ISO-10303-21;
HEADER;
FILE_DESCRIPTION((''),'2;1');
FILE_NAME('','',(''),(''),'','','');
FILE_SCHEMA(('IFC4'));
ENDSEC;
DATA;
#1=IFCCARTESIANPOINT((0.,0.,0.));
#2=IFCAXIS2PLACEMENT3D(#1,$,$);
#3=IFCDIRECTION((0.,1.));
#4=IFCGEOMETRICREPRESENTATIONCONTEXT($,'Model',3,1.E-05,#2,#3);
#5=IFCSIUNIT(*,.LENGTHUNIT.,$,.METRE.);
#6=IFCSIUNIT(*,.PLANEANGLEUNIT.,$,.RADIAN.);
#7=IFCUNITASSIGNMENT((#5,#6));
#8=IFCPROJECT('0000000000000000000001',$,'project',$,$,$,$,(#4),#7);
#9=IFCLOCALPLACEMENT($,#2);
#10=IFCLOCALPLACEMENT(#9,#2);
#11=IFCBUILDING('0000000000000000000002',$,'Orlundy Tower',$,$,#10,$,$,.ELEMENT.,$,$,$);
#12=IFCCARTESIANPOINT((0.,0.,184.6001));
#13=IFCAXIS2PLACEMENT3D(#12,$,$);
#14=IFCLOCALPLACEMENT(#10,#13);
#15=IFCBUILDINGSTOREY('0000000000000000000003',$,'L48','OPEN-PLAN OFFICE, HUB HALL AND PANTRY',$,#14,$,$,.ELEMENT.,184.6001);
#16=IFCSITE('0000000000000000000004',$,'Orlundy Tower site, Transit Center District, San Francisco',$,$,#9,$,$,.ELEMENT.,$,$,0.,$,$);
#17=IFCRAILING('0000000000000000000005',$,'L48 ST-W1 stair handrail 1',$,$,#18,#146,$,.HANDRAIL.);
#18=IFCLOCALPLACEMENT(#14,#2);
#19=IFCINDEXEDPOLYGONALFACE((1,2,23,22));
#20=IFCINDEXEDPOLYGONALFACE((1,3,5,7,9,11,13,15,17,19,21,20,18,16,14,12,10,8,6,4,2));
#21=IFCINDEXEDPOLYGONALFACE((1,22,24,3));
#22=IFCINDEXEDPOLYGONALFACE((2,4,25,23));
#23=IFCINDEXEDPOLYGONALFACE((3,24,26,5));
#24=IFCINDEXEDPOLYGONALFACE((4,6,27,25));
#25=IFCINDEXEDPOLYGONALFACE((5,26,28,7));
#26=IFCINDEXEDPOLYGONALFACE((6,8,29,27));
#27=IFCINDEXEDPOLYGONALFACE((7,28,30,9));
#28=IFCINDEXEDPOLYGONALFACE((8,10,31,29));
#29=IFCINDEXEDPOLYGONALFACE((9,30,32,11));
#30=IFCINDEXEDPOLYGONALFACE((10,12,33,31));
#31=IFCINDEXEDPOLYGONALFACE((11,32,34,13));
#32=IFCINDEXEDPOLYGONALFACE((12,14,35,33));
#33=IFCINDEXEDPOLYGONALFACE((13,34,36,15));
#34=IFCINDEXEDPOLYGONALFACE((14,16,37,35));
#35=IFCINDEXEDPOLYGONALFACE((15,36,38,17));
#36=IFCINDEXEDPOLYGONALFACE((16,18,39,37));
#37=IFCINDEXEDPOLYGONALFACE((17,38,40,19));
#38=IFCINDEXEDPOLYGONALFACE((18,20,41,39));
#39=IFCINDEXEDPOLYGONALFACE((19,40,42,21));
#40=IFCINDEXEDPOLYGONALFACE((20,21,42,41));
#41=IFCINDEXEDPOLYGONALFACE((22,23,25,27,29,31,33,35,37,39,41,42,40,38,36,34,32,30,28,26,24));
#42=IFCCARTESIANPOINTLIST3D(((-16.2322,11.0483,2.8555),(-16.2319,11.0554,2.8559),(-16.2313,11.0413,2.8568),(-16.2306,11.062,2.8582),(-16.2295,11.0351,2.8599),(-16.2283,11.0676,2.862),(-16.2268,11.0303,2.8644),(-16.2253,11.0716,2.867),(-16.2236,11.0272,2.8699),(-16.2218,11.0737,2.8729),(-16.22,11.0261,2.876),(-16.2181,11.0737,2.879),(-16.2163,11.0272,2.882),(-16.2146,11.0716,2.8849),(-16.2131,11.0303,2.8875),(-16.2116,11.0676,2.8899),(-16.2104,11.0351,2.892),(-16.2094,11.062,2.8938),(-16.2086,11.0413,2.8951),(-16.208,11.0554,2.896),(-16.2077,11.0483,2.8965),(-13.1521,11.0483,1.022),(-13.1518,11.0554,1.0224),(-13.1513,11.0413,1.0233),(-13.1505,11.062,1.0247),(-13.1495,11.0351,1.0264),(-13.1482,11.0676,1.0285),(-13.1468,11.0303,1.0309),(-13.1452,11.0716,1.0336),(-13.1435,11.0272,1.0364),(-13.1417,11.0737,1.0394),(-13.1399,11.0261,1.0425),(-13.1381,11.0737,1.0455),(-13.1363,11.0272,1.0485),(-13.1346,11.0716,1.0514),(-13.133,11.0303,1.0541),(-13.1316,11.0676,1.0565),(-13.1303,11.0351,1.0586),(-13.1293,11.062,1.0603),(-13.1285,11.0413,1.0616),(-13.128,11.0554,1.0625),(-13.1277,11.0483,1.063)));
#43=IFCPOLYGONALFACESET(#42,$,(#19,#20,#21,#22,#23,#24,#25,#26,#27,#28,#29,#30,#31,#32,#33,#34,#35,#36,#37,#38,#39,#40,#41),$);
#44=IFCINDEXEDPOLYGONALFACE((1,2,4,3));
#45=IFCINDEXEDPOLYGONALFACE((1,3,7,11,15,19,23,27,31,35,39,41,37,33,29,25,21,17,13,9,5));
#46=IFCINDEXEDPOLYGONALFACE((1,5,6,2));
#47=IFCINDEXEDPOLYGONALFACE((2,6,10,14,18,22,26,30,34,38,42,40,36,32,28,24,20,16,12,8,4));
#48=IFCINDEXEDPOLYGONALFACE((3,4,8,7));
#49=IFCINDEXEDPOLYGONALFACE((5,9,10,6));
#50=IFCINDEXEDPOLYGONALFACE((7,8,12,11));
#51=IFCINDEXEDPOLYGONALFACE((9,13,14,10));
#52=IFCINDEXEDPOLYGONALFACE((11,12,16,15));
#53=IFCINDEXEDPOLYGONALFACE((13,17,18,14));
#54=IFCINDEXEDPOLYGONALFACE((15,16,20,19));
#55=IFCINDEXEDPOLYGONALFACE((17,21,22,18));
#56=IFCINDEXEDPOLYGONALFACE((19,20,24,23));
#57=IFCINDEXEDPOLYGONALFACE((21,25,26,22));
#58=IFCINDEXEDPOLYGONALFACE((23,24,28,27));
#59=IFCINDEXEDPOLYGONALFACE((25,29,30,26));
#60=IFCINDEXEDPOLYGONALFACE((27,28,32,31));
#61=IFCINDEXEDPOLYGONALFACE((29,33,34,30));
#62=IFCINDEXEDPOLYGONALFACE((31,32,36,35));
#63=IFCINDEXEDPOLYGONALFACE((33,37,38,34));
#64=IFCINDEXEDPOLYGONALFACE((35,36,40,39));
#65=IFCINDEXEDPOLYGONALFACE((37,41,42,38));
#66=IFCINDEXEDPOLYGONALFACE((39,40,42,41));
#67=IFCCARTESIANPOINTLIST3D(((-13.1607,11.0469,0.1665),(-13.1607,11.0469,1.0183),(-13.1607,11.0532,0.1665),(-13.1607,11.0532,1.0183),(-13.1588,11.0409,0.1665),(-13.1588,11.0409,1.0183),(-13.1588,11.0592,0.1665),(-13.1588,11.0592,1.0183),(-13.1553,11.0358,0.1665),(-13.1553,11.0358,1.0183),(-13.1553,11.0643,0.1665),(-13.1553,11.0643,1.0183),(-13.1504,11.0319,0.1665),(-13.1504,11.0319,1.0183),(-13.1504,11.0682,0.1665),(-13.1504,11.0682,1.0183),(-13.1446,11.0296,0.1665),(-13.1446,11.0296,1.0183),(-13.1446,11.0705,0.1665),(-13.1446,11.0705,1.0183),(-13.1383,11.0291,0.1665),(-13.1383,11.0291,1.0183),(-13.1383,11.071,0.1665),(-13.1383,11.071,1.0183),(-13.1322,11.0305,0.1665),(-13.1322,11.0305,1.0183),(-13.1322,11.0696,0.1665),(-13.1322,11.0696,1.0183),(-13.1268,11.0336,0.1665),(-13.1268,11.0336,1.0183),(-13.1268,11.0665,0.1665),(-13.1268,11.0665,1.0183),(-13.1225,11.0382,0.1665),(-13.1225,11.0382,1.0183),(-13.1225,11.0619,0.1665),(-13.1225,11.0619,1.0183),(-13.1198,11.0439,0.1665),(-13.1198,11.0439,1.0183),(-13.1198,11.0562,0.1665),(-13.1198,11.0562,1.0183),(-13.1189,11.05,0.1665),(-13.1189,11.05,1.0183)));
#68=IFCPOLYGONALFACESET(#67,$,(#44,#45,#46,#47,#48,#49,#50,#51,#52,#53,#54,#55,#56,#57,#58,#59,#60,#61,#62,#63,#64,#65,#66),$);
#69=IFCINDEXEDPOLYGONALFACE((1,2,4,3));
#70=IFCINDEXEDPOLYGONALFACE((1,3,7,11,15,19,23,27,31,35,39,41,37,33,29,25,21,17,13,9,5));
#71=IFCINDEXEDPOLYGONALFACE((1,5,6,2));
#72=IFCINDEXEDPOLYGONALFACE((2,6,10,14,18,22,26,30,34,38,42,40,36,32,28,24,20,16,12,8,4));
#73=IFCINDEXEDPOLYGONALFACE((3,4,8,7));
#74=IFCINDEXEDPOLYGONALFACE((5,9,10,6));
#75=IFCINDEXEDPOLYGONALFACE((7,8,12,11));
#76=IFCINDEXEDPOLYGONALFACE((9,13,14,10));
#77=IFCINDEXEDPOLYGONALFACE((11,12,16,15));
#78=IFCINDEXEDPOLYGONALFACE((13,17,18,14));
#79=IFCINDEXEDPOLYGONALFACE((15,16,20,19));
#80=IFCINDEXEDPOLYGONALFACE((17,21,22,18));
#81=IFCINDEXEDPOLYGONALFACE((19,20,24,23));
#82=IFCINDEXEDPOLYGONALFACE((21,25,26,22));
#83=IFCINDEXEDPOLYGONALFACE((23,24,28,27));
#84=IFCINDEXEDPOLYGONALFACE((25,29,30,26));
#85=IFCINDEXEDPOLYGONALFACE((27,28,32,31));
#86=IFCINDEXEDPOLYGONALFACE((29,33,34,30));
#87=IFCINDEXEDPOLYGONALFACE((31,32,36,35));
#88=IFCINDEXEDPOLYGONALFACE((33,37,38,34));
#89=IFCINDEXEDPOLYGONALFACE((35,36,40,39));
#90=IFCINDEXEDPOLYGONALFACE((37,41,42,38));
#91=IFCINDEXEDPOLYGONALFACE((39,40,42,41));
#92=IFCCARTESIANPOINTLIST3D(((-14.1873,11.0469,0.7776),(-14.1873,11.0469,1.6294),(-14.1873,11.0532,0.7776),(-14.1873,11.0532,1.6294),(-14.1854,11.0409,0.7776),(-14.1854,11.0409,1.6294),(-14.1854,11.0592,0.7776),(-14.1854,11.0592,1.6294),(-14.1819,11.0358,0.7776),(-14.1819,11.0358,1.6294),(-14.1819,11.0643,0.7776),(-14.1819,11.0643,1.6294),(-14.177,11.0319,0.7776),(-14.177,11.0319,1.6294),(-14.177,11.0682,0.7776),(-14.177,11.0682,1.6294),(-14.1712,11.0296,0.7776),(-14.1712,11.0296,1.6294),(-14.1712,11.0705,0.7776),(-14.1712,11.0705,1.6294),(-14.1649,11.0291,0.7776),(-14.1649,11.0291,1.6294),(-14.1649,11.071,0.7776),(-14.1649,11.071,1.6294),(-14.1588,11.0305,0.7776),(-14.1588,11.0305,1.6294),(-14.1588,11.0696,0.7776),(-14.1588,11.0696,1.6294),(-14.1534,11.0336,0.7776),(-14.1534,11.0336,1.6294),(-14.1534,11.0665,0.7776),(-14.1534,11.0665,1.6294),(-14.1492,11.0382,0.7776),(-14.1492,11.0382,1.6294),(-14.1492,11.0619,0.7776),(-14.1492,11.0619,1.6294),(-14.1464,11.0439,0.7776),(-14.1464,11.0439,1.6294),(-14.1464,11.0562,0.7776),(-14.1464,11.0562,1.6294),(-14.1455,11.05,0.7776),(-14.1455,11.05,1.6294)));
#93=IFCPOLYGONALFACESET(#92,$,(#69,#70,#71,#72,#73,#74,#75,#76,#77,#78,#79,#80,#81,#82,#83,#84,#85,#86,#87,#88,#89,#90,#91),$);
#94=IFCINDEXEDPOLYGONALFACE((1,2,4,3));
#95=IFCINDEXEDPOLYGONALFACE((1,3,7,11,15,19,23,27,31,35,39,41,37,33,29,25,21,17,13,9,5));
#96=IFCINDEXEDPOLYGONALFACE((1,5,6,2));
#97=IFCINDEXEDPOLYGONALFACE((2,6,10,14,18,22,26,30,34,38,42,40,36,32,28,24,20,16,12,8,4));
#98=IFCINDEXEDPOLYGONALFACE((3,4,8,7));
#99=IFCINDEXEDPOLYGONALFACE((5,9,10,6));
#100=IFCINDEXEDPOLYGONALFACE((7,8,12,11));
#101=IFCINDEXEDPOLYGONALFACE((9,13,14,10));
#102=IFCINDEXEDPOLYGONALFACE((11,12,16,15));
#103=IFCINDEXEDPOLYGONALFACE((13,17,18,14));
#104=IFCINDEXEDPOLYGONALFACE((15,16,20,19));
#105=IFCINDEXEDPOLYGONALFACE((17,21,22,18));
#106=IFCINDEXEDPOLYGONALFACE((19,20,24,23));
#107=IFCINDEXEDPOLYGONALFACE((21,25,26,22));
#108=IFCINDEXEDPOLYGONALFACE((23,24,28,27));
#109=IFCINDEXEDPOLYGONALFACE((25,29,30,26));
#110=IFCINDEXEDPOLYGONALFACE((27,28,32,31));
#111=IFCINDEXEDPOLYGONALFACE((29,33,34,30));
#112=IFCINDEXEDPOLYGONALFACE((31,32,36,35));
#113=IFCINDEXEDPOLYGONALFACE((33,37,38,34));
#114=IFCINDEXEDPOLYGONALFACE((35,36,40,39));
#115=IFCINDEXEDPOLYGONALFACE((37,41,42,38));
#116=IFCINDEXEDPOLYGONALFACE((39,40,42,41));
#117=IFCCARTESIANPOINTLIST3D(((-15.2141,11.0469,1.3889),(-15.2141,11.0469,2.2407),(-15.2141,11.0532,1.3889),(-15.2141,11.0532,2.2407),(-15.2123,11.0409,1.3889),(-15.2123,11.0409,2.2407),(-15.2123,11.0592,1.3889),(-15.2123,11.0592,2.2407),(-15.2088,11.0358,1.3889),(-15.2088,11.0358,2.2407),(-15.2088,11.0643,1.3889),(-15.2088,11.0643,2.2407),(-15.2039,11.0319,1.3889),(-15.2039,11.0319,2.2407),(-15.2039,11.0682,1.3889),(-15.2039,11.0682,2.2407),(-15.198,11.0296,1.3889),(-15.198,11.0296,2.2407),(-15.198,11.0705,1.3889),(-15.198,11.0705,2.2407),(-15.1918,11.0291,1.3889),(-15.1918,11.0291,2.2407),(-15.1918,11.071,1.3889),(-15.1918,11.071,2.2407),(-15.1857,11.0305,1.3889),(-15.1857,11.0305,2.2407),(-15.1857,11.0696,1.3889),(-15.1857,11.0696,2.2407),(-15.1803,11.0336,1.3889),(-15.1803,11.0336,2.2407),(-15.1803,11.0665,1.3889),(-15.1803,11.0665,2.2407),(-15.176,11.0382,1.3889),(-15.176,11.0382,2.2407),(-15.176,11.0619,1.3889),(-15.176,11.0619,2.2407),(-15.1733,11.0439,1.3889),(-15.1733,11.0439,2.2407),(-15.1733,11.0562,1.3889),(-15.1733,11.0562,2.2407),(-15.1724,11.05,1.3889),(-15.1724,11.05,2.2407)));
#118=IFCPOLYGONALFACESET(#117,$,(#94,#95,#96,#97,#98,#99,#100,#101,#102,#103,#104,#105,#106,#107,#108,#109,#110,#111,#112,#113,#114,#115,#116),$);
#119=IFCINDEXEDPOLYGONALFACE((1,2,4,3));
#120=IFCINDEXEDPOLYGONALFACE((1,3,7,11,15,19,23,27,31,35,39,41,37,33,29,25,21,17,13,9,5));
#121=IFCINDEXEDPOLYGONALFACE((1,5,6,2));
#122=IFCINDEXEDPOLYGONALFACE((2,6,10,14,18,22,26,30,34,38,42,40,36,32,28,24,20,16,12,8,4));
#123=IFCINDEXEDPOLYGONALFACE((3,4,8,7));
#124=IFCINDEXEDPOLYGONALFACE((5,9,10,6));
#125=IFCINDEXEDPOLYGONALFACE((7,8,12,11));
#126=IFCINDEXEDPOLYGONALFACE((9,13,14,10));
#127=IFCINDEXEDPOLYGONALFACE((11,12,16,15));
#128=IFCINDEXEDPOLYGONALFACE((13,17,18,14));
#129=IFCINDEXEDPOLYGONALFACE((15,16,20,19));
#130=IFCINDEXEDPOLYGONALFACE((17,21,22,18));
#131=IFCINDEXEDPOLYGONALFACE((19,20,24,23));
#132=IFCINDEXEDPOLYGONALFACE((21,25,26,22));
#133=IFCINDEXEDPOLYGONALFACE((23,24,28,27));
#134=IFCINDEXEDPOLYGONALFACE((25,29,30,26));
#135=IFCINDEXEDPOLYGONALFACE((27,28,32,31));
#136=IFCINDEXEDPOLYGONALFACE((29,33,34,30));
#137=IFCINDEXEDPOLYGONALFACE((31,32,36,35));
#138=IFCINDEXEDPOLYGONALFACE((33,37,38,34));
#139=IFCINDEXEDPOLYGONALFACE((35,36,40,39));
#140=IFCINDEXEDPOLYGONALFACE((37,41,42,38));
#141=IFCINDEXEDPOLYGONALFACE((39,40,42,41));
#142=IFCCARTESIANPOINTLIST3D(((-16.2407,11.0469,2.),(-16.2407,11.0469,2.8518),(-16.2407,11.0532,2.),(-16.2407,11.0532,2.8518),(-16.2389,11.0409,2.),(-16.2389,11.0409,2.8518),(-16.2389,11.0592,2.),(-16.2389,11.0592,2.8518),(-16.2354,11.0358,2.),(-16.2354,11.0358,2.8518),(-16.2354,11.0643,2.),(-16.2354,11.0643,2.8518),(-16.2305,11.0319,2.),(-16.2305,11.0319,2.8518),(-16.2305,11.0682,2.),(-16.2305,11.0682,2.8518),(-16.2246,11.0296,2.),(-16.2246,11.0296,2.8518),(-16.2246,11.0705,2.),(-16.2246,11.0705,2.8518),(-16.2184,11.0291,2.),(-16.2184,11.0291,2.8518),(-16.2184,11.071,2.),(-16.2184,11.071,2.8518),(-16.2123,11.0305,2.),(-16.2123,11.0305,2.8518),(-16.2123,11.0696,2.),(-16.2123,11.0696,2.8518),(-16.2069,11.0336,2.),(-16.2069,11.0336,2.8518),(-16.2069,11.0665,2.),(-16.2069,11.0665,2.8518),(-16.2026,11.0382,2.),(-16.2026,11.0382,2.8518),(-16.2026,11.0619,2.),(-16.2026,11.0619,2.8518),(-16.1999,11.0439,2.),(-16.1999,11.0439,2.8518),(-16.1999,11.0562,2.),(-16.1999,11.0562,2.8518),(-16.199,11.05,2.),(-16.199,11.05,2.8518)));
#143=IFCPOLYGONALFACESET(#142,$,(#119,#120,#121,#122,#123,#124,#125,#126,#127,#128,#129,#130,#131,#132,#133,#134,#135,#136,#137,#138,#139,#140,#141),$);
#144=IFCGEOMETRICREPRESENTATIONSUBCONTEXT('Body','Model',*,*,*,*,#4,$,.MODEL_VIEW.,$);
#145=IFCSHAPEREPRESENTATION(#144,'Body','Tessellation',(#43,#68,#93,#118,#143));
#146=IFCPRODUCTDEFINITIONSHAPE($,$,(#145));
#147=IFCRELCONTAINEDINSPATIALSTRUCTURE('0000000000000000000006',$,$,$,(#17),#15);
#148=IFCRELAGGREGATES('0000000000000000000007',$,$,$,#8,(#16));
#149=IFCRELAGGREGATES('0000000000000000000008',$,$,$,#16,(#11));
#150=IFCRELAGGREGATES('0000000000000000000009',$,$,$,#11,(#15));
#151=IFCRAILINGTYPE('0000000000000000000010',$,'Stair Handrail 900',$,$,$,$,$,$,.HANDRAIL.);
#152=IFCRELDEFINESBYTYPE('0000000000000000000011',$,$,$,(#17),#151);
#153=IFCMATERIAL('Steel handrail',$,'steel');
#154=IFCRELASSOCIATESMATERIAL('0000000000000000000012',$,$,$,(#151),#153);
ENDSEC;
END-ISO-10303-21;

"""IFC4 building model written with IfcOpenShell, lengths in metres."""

from ifc_helpers import new_model, si_unit, direction, frame, origin, origin_2d, place, context, subcontext, project, spatial, circle, extrude, material, type_object, element, save


model = new_model("IFC4")

# Units and contexts
model_context = context("Model", 3, precision=1e-05, world=origin(), true_north=direction((0.0, 1.0)))
body_context = subcontext(model_context, "Body", "Model", "MODEL_VIEW")
ifc_project = project(units=[si_unit("LENGTHUNIT", "METRE"), si_unit("PLANEANGLEUNIT", "RADIAN")], contexts=[model_context])

# Site, building, storey
site_placement = place(None, origin())
site = spatial("IfcSite", under=ifc_project, at=site_placement, Name="Orlundy Tower site, Transit Center District, San Francisco", CompositionType="ELEMENT", RefElevation=0.0)
building_placement = place(site_placement, origin())
building = spatial("IfcBuilding", under=site, at=building_placement, Name="Orlundy Tower", CompositionType="ELEMENT")
storey_placement = place(building_placement, frame((0.0, 0.0, 184.6001)))
storey = spatial("IfcBuildingStorey", under=building, at=storey_placement, Name="L48", Description="OPEN-PLAN OFFICE, HUB HALL AND PANTRY", CompositionType="ELEMENT", Elevation=184.6001)

# Railing
ifc_material_1 = material(Name="Steel handrail", Category="steel")
railing_type_1 = type_object("IfcRailingType", Name="Stair Handrail 900", PredefinedType="HANDRAIL", material=ifc_material_1)
railing_1_placement = place(storey_placement, frame((-13.1399, 11.05, 0.1665)))
element("IfcRailing", 1, at=railing_1_placement, inside=storey, type_object=railing_type_1, Name="L48 ST-W1 stair handrail 1", PredefinedType="HANDRAIL", context=body_context, shape_type="SweptSolid", body=[
    extrude(circle(Radius=0.0239, at=origin_2d()), frame((0.0, 0.0, 0.876), z_axis=(-0.859279, 0.0, 0.511508), x_axis=(0.0, -1.0, 0.0)), (0.0, 0.0, 1.0), 3.5845),
    extrude(circle(Radius=0.021, at=origin_2d()), origin(), (0.0, 0.0, 1.0), 0.8518),
    extrude(circle(Radius=0.021, at=origin_2d()), frame((-1.0266, 0.0, 0.6111)), (0.0, 0.0, 1.0), 0.8518),
    extrude(circle(Radius=0.021, at=origin_2d()), frame((-2.0535, 0.0, 1.2224)), (0.0, 0.0, 1.0), 0.8518),
    extrude(circle(Radius=0.021, at=origin_2d()), frame((-3.0801, 0.0, 1.8335)), (0.0, 0.0, 1.0), 0.8518),
])

save(model, "model.ifc")
